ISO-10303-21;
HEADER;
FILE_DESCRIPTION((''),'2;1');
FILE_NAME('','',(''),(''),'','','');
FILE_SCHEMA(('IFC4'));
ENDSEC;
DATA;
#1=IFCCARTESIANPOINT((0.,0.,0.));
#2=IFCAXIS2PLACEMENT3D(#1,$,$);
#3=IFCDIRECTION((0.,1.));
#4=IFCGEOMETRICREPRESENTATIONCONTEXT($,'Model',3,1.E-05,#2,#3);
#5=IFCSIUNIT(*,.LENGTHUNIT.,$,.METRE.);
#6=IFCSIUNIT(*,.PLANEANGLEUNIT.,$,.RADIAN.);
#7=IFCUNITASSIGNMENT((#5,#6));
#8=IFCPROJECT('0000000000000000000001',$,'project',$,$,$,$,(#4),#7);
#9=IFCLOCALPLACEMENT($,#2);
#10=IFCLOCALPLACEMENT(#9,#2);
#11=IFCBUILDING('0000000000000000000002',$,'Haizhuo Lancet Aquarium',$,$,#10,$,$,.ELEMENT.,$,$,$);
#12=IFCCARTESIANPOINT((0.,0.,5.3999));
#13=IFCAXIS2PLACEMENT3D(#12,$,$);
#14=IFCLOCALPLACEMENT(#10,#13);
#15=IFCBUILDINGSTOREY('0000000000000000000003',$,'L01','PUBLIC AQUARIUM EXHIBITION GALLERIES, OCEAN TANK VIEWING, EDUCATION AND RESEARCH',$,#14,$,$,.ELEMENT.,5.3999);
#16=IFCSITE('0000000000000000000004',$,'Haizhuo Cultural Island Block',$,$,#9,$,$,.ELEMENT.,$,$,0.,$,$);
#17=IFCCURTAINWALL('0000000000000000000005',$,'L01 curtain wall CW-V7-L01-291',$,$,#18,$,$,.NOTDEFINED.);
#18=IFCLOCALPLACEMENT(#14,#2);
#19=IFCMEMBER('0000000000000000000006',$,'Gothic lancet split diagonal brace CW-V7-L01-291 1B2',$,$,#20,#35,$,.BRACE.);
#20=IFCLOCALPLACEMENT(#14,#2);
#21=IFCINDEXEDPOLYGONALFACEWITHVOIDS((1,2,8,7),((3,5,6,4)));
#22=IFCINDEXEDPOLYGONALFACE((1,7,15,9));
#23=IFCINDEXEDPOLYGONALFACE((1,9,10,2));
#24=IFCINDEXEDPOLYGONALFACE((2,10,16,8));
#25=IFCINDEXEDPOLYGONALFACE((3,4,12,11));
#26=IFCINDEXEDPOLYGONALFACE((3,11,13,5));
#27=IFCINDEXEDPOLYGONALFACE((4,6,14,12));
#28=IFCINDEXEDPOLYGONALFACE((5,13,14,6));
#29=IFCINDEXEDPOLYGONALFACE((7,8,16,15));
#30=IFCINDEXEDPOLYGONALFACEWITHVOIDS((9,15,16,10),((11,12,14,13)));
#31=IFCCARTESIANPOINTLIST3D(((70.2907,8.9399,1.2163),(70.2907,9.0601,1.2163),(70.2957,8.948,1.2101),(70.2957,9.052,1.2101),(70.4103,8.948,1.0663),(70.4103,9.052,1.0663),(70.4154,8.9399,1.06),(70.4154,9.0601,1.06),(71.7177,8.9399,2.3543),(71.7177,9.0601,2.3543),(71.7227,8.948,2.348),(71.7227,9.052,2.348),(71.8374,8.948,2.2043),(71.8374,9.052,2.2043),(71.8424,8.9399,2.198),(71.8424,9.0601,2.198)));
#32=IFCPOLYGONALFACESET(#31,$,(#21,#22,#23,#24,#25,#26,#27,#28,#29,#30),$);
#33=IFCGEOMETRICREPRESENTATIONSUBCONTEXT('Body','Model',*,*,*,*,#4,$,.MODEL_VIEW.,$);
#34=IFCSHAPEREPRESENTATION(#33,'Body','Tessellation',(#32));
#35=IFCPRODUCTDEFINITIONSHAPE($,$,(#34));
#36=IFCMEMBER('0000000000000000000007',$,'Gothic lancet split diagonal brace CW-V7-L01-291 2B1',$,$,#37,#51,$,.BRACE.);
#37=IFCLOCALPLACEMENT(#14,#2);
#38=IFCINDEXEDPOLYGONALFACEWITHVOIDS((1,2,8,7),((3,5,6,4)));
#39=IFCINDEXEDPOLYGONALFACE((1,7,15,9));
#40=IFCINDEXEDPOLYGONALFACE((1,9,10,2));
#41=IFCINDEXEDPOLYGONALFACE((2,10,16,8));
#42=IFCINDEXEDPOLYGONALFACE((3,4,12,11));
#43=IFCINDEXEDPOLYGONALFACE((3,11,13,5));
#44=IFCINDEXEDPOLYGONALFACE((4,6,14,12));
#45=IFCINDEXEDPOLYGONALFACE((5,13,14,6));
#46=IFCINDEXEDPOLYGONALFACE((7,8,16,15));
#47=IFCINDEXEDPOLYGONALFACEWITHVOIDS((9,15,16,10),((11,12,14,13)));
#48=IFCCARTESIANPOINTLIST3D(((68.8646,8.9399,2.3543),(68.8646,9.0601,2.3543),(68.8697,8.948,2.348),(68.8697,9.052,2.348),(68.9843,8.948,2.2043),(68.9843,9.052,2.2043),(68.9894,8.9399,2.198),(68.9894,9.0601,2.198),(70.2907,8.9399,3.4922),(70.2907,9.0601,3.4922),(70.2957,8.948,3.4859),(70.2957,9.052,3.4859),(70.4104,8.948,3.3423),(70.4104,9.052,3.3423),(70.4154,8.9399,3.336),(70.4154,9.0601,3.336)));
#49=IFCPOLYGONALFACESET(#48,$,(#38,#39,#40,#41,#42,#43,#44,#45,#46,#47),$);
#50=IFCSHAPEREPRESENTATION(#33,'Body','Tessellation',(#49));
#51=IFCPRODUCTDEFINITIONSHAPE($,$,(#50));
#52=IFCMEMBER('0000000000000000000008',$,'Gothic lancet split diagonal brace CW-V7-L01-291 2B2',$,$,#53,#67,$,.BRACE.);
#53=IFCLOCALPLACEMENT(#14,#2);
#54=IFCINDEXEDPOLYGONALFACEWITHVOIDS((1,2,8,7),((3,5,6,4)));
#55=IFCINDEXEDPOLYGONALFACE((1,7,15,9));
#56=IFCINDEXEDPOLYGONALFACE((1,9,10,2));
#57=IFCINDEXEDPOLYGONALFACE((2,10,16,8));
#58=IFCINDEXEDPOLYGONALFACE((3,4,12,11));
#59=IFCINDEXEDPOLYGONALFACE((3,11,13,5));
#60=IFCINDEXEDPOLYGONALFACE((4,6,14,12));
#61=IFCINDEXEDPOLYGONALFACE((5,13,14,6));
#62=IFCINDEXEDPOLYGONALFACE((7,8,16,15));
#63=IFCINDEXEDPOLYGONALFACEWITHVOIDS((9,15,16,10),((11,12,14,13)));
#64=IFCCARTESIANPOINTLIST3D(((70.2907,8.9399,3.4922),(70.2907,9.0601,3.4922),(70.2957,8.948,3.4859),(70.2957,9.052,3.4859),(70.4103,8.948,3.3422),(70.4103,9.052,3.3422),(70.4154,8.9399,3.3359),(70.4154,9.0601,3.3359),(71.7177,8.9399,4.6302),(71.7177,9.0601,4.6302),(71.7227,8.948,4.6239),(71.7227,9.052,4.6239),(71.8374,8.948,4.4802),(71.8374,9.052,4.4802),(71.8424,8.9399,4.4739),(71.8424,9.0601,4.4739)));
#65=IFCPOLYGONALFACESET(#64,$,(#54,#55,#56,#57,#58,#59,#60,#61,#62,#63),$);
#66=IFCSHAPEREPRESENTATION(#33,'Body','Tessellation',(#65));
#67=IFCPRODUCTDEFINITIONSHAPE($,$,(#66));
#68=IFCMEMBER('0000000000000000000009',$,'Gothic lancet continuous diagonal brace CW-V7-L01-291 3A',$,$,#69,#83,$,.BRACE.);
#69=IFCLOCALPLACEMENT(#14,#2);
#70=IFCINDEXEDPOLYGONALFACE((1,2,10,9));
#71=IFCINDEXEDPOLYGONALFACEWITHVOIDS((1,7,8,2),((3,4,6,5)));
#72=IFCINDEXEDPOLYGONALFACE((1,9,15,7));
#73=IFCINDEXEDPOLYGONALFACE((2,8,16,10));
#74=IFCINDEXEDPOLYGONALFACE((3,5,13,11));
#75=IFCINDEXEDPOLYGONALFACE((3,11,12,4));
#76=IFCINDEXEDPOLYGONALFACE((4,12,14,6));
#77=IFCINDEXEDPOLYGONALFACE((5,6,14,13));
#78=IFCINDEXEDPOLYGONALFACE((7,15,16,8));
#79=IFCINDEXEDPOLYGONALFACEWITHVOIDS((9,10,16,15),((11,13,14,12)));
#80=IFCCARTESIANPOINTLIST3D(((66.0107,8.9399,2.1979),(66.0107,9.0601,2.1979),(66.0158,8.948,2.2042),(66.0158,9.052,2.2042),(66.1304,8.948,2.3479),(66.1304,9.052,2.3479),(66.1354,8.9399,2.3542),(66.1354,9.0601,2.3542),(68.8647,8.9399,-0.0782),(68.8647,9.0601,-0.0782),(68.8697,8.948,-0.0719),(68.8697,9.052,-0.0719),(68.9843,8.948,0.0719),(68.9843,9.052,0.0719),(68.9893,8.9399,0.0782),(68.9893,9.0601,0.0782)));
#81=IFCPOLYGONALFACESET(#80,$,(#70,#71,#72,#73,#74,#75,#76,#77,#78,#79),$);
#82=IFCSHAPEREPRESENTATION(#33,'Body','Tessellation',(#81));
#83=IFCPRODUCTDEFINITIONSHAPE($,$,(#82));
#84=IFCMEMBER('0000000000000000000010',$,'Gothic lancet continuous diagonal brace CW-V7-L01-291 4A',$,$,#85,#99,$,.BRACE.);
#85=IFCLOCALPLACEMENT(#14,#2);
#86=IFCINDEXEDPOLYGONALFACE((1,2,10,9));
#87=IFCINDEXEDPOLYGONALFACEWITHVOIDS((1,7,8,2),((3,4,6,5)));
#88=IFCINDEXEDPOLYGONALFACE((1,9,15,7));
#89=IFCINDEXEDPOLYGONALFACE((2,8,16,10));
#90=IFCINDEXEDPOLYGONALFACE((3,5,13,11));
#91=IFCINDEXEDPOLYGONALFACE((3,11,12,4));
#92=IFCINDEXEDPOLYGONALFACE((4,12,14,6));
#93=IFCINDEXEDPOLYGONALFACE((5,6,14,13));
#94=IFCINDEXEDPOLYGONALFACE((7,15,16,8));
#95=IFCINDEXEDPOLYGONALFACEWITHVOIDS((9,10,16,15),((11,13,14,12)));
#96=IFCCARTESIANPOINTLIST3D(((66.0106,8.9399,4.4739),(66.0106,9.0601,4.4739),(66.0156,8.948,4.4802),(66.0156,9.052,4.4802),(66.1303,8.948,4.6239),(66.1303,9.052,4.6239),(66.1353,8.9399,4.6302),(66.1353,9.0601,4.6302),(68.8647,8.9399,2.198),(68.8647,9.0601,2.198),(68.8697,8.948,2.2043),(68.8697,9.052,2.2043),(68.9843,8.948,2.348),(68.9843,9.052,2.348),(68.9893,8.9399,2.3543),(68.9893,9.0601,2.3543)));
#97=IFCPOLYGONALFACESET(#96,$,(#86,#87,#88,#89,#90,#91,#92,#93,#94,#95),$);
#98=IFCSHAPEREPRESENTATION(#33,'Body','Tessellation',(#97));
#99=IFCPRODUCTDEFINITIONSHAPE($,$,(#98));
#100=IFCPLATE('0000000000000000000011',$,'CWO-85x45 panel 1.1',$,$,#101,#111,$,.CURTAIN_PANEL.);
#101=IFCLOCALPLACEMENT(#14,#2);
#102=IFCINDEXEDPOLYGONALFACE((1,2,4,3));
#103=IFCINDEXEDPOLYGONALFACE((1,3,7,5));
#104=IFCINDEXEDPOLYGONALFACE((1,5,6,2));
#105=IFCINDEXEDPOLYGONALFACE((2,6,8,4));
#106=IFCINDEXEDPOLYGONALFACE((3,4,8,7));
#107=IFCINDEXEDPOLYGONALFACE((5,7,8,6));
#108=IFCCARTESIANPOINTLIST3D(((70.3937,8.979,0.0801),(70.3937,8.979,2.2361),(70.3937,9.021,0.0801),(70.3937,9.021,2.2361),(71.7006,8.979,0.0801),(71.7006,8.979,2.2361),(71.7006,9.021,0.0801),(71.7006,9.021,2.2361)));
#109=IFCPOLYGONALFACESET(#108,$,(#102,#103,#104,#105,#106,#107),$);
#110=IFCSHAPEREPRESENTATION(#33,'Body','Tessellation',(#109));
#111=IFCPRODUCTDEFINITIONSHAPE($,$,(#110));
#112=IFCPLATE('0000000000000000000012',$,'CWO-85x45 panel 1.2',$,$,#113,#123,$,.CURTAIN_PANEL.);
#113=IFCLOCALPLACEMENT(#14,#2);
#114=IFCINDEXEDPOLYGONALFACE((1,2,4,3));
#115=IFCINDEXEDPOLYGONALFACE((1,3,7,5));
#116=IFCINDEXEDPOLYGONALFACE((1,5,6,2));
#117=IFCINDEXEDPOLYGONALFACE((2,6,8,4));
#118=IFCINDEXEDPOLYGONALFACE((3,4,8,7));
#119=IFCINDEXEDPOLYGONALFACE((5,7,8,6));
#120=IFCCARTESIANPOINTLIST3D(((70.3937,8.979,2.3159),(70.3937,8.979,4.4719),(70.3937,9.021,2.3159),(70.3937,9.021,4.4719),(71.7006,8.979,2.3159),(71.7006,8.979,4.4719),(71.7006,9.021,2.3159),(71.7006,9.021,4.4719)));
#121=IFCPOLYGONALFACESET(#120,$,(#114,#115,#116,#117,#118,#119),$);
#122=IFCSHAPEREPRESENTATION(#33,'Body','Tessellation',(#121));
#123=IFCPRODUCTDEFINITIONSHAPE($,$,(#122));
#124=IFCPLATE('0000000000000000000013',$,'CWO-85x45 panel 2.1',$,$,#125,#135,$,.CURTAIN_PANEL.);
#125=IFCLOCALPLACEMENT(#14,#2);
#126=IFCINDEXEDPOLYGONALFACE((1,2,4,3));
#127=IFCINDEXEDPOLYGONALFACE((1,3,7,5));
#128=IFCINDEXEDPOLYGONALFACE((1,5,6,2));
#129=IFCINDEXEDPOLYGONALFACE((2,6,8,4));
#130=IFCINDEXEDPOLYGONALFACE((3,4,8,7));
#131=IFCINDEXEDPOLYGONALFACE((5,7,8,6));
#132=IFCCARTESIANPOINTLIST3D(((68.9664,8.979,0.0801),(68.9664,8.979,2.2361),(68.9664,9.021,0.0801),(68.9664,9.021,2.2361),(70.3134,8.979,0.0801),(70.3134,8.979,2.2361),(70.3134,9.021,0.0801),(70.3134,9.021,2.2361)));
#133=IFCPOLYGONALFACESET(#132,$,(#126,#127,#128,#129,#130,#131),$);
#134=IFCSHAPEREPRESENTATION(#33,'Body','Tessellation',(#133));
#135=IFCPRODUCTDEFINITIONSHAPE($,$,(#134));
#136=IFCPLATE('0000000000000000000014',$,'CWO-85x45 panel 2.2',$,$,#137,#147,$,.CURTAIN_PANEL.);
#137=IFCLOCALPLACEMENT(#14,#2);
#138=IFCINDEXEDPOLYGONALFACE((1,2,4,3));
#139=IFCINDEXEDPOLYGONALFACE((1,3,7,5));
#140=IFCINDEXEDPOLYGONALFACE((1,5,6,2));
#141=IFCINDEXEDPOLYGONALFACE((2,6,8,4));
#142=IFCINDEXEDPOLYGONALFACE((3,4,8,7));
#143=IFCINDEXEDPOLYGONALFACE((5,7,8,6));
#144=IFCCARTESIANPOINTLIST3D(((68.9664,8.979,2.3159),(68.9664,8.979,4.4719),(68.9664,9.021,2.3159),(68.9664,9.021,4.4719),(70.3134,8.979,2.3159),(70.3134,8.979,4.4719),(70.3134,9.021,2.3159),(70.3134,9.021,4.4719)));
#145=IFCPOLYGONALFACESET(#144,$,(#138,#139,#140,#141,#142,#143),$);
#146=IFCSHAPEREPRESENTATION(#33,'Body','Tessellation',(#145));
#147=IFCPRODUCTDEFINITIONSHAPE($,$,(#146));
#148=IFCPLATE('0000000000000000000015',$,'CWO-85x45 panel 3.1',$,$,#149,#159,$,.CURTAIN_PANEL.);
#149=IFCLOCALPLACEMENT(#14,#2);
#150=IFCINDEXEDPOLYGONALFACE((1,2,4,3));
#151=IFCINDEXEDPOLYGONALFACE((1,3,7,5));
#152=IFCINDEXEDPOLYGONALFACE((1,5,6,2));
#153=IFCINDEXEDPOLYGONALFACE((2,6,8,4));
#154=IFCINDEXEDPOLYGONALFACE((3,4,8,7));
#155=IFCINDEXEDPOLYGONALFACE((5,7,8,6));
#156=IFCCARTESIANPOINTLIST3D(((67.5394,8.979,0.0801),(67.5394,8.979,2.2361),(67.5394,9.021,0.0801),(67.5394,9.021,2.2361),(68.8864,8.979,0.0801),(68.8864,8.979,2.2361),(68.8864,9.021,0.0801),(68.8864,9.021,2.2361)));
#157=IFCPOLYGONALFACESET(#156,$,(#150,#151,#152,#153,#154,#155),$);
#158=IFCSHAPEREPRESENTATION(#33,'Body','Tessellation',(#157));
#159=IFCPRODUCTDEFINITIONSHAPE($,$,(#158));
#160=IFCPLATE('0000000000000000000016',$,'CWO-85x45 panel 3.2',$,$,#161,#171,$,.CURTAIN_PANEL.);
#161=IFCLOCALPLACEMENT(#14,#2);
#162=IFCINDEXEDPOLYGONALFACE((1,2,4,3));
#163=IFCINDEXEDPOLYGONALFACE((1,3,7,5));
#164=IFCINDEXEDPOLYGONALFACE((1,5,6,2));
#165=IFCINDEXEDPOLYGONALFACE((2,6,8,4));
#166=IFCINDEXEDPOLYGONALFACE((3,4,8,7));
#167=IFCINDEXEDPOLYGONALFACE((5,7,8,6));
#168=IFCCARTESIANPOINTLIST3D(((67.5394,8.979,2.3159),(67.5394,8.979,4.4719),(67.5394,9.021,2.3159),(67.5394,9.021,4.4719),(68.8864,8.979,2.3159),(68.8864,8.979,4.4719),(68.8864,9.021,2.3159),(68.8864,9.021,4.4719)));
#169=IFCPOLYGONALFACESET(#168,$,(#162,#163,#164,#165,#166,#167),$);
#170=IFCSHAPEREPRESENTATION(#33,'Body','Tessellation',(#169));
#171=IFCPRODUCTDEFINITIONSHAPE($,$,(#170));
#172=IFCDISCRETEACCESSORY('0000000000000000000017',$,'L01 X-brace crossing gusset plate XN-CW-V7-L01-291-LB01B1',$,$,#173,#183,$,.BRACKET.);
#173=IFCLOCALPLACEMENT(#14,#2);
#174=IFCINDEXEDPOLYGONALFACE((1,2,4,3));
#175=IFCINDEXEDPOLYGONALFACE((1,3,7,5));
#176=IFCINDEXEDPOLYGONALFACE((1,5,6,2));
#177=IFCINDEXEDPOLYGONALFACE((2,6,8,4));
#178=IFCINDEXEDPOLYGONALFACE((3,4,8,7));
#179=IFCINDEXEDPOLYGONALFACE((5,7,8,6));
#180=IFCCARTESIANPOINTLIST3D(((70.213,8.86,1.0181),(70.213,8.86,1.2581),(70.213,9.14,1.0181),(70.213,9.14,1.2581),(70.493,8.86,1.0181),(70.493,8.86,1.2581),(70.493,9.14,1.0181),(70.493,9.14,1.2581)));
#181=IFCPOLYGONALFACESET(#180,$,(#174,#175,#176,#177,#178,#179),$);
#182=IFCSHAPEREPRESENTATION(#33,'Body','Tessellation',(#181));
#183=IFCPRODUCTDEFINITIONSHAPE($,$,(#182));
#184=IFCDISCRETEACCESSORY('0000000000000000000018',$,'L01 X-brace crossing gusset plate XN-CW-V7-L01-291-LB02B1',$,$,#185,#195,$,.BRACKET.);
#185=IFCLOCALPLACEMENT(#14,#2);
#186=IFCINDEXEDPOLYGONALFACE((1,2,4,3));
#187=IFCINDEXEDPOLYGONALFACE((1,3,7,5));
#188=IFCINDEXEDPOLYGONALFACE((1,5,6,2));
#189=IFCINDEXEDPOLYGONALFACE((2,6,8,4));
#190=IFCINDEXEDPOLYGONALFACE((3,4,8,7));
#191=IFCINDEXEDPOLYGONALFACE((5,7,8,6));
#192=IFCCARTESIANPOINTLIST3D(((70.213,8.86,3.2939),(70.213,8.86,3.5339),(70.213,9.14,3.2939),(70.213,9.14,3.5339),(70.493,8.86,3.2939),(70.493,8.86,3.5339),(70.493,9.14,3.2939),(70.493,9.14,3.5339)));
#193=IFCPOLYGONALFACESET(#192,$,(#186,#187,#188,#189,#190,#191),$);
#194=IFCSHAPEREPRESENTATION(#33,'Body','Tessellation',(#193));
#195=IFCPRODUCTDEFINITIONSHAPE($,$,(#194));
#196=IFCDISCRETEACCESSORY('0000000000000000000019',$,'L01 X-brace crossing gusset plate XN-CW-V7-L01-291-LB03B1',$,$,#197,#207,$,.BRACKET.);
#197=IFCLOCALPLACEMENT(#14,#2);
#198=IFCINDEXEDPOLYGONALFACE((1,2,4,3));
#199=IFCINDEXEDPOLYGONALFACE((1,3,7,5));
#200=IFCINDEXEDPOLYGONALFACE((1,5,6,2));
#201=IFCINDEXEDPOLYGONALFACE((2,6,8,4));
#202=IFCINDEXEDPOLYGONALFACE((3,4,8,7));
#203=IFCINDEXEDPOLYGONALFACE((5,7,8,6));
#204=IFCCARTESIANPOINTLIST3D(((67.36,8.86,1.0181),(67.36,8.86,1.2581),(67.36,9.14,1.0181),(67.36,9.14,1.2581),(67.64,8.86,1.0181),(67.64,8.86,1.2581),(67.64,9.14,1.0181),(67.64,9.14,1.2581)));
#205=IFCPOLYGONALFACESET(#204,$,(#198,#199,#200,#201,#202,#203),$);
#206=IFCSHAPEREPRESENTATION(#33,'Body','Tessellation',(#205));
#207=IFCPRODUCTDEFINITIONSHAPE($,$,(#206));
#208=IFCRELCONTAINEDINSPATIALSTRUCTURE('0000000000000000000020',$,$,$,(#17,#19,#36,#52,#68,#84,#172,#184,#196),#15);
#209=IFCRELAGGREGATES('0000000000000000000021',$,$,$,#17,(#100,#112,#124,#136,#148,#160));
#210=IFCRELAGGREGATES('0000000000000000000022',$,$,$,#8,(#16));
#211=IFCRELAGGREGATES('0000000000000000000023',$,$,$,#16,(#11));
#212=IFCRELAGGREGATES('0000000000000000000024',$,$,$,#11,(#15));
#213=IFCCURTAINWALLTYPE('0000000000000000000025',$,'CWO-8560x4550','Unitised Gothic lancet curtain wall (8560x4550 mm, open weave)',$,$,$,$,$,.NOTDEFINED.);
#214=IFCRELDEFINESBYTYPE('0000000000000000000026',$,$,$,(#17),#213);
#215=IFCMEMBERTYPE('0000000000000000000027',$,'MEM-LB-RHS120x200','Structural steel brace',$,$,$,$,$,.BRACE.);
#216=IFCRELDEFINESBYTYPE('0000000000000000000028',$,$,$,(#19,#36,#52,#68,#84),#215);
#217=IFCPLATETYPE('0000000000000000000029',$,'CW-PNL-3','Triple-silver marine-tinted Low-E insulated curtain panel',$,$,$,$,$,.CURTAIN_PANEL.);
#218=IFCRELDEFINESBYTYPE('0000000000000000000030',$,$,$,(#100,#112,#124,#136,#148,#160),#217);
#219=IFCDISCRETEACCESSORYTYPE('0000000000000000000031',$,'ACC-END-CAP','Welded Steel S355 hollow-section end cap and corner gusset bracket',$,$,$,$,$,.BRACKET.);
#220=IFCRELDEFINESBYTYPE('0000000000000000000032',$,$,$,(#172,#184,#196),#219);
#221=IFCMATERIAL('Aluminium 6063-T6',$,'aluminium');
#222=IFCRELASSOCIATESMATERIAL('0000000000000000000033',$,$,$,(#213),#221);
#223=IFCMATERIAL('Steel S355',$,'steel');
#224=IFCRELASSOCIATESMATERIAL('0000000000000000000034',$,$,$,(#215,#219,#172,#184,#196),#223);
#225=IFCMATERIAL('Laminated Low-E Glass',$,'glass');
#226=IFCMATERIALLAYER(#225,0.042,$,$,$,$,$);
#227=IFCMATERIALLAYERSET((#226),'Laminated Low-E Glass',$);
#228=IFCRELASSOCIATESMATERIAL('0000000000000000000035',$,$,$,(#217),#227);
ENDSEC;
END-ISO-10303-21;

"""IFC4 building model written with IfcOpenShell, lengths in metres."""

from ifc_helpers import new_model, si_unit, direction, frame, origin, origin_2d, place, context, subcontext, project, spatial, rectangle, hollow_rectangle, extrude, material, layer, layer_set, material_profile, profile_set, type_object, element, aggregate, save


model = new_model("IFC4")

# Units and contexts
model_context = context("Model", 3, precision=1e-05, world=origin(), true_north=direction((0.0, 1.0)))
body_context = subcontext(model_context, "Body", "Model", "MODEL_VIEW")
ifc_project = project(units=[si_unit("LENGTHUNIT", "METRE"), si_unit("PLANEANGLEUNIT", "RADIAN")], contexts=[model_context])

# Site, building, storey
site_placement = place(None, origin())
site = spatial("IfcSite", under=ifc_project, at=site_placement, Name="Haizhuo Cultural Island Block", CompositionType="ELEMENT", RefElevation=0.0)
building_placement = place(site_placement, origin())
building = spatial("IfcBuilding", under=site, at=building_placement, Name="Haizhuo Lancet Aquarium", CompositionType="ELEMENT")
storey_placement = place(building_placement, frame((0.0, 0.0, 5.3999)))
storey = spatial("IfcBuildingStorey", under=building, at=storey_placement, Name="L01", Description="PUBLIC AQUARIUM EXHIBITION GALLERIES, OCEAN TANK VIEWING, EDUCATION AND RESEARCH", CompositionType="ELEMENT", Elevation=5.3999)

# Curtain wall
ifc_material_1 = material(Name="Aluminium 6063-T6", Category="aluminium")
curtain_wall_type = type_object("IfcCurtainWallType", Name="CWO-8560x4550", Description="Unitised Gothic lancet curtain wall (8560x4550 mm, open weave)", PredefinedType="NOTDEFINED", material=ifc_material_1)
curtain_wall_placement = place(storey_placement, origin())
curtain_wall = element("IfcCurtainWall", 1, at=curtain_wall_placement, inside=storey, type_object=curtain_wall_type, Name="L01 curtain wall CW-V7-L01-291", PredefinedType="NOTDEFINED")

# Members
ifc_material_2 = material(Name="Steel S355", Category="steel")
ifc_material_profile_1 = material_profile(ifc_material_2, hollow_rectangle(XDim=0.1201, YDim=0.2, WallThickness=0.0081, at=origin_2d()), Name="RHS 120x200x8")
ifc_profile_set_1 = profile_set([ifc_material_profile_1], Name="Steel S355")
member_type_1 = type_object("IfcMemberType", Name="MEM-LB-RHS120x200", Description="Structural steel brace", PredefinedType="BRACE", material=ifc_profile_set_1)
member_1_placement = place(storey_placement, frame((70.353, 9.0, 1.1382), z_axis=(0.781847, 0.0, 0.623471), x_axis=(0.0, 1.0, 0.0)))
element("IfcMember", 2, at=member_1_placement, inside=storey, type_object=member_type_1, Name="Gothic lancet split diagonal brace CW-V7-L01-291 1B2", PredefinedType="BRACE", context=body_context, shape_type="SweptSolid", body=[
    extrude(hollow_rectangle(XDim=0.1201, YDim=0.2, WallThickness=0.0081, at=origin_2d()), origin(), (0.0, 0.0, 1.0), 1.8252),
])
member_2_placement = place(storey_placement, frame((68.927, 9.0, 2.2761), z_axis=(0.781638, 0.0, 0.623732), x_axis=(0.0, 1.0, 0.0)))
element("IfcMember", 3, at=member_2_placement, inside=storey, type_object=member_type_1, Name="Gothic lancet split diagonal brace CW-V7-L01-291 2B1", PredefinedType="BRACE", context=body_context, shape_type="SweptSolid", body=[
    extrude(hollow_rectangle(XDim=0.1201, YDim=0.2, WallThickness=0.0081, at=origin_2d()), origin(), (0.0, 0.0, 1.0), 1.8245),
])
member_3_placement = place(storey_placement, frame((70.353, 9.0, 3.4141), z_axis=(0.781847, 0.0, 0.623471), x_axis=(0.0, 1.0, 0.0)))
element("IfcMember", 4, at=member_3_placement, inside=storey, type_object=member_type_1, Name="Gothic lancet split diagonal brace CW-V7-L01-291 2B2", PredefinedType="BRACE", context=body_context, shape_type="SweptSolid", body=[
    extrude(hollow_rectangle(XDim=0.1201, YDim=0.2, WallThickness=0.0081, at=origin_2d()), origin(), (0.0, 0.0, 1.0), 1.8252),
])
for number, where, z_axis, x_axis, name in (
    (5, (68.927, 9.0, 0.0), (-0.781814, 0.0, 0.623512), (0.0, -1.0, 0.0), "Gothic lancet continuous diagonal brace CW-V7-L01-291 3A"),
    (6, (68.927, 9.0, 2.2761), (-0.781847, 0.0, 0.623471), (0.0, -1.0, 0.0), "Gothic lancet continuous diagonal brace CW-V7-L01-291 4A"),
):
    element("IfcMember", number, at=place(storey_placement, frame(where, z_axis=z_axis, x_axis=x_axis)), inside=storey, type_object=member_type_1, Name=name, PredefinedType="BRACE", context=body_context, shape_type="SweptSolid", body=[
        extrude(hollow_rectangle(XDim=0.1201, YDim=0.2, WallThickness=0.0081, at=origin_2d()), origin(), (0.0, 0.0, 1.0), 3.6504),
    ])

# Plates
ifc_material_3 = material(Name="Laminated Low-E Glass", Category="glass")
ifc_layer = layer(ifc_material_3, 0.042)
ifc_layer_set = layer_set([ifc_layer], Name="Laminated Low-E Glass")
plate_type = type_object("IfcPlateType", Name="CW-PNL-3", Description="Triple-silver marine-tinted Low-E insulated curtain panel", PredefinedType="CURTAIN_PANEL", material=ifc_layer_set)
plate_1_placement = place(storey_placement, frame((71.0471, 9.0, 0.0801), z_axis=(0.0, 0.0, 1.0), x_axis=(-1.0, 0.0, 0.0)))
plate_1 = element("IfcPlate", 7, at=plate_1_placement, type_object=plate_type, Name="CWO-85x45 panel 1.1", PredefinedType="CURTAIN_PANEL", context=body_context, shape_type="SweptSolid", body=[
    extrude(rectangle(XDim=1.3069, YDim=0.042, at=origin_2d()), origin(), (0.0, 0.0, 1.0), 2.156),
])
plate_2_placement = place(storey_placement, frame((71.0471, 9.0, 2.3159), z_axis=(0.0, 0.0, 1.0), x_axis=(-1.0, 0.0, 0.0)))
plate_2 = element("IfcPlate", 8, at=plate_2_placement, type_object=plate_type, Name="CWO-85x45 panel 1.2", PredefinedType="CURTAIN_PANEL", context=body_context, shape_type="SweptSolid", body=[
    extrude(rectangle(XDim=1.3069, YDim=0.042, at=origin_2d()), origin(), (0.0, 0.0, 1.0), 2.156),
])
plate_3_placement = place(storey_placement, frame((69.6399, 9.0, 0.0801), z_axis=(0.0, 0.0, 1.0), x_axis=(-1.0, 0.0, 0.0)))
plate_3 = element("IfcPlate", 9, at=plate_3_placement, type_object=plate_type, Name="CWO-85x45 panel 2.1", PredefinedType="CURTAIN_PANEL", context=body_context, shape_type="SweptSolid", body=[
    extrude(rectangle(XDim=1.3469, YDim=0.042, at=origin_2d()), origin(), (0.0, 0.0, 1.0), 2.156),
])
plate_4_placement = place(storey_placement, frame((69.6399, 9.0, 2.3159), z_axis=(0.0, 0.0, 1.0), x_axis=(-1.0, 0.0, 0.0)))
plate_4 = element("IfcPlate", 10, at=plate_4_placement, type_object=plate_type, Name="CWO-85x45 panel 2.2", PredefinedType="CURTAIN_PANEL", context=body_context, shape_type="SweptSolid", body=[
    extrude(rectangle(XDim=1.3469, YDim=0.042, at=origin_2d()), origin(), (0.0, 0.0, 1.0), 2.156),
])
plate_5_placement = place(storey_placement, frame((68.2129, 9.0, 0.0801), z_axis=(0.0, 0.0, 1.0), x_axis=(-1.0, 0.0, 0.0)))
plate_5 = element("IfcPlate", 11, at=plate_5_placement, type_object=plate_type, Name="CWO-85x45 panel 3.1", PredefinedType="CURTAIN_PANEL", context=body_context, shape_type="SweptSolid", body=[
    extrude(rectangle(XDim=1.3469, YDim=0.042, at=origin_2d()), origin(), (0.0, 0.0, 1.0), 2.156),
])
plate_6_placement = place(storey_placement, frame((68.2129, 9.0, 2.3159), z_axis=(0.0, 0.0, 1.0), x_axis=(-1.0, 0.0, 0.0)))
plate_6 = element("IfcPlate", 12, at=plate_6_placement, type_object=plate_type, Name="CWO-85x45 panel 3.2", PredefinedType="CURTAIN_PANEL", context=body_context, shape_type="SweptSolid", body=[
    extrude(rectangle(XDim=1.3469, YDim=0.042, at=origin_2d()), origin(), (0.0, 0.0, 1.0), 2.156),
])
aggregate(curtain_wall, [plate_1, plate_2, plate_3, plate_4, plate_5, plate_6])

# Discrete accessories
discrete_accessory_type = type_object("IfcDiscreteAccessoryType", Name="ACC-END-CAP", Description="Welded Steel S355 hollow-section end cap and corner gusset bracket", PredefinedType="BRACKET", material=ifc_material_2)
for number, where, z_axis, x_axis, name in (
    (13, (70.353, 9.0, 1.0181), (0.0, 0.0, 1.0), (1.0, 0.0, 0.0), "L01 X-brace crossing gusset plate XN-CW-V7-L01-291-LB01B1"),
    (14, (70.353, 9.0, 3.2939), (0.0, 0.0, 1.0), (1.0, 0.0, 0.0), "L01 X-brace crossing gusset plate XN-CW-V7-L01-291-LB02B1"),
    (15, (67.5, 9.0, 1.0181), (0.0, 0.0, 1.0), (1.0, 0.0, 0.0), "L01 X-brace crossing gusset plate XN-CW-V7-L01-291-LB03B1"),
):
    element("IfcDiscreteAccessory", number, at=place(storey_placement, frame(where, z_axis=z_axis, x_axis=x_axis)), inside=storey, type_object=discrete_accessory_type, material=ifc_material_2, Name=name, PredefinedType="BRACKET", context=body_context, shape_type="SweptSolid", body=[
        extrude(rectangle(XDim=0.28, YDim=0.28, at=origin_2d()), origin(), (0.0, 0.0, 1.0), 0.24),
    ])

save(model, "model.ifc")
